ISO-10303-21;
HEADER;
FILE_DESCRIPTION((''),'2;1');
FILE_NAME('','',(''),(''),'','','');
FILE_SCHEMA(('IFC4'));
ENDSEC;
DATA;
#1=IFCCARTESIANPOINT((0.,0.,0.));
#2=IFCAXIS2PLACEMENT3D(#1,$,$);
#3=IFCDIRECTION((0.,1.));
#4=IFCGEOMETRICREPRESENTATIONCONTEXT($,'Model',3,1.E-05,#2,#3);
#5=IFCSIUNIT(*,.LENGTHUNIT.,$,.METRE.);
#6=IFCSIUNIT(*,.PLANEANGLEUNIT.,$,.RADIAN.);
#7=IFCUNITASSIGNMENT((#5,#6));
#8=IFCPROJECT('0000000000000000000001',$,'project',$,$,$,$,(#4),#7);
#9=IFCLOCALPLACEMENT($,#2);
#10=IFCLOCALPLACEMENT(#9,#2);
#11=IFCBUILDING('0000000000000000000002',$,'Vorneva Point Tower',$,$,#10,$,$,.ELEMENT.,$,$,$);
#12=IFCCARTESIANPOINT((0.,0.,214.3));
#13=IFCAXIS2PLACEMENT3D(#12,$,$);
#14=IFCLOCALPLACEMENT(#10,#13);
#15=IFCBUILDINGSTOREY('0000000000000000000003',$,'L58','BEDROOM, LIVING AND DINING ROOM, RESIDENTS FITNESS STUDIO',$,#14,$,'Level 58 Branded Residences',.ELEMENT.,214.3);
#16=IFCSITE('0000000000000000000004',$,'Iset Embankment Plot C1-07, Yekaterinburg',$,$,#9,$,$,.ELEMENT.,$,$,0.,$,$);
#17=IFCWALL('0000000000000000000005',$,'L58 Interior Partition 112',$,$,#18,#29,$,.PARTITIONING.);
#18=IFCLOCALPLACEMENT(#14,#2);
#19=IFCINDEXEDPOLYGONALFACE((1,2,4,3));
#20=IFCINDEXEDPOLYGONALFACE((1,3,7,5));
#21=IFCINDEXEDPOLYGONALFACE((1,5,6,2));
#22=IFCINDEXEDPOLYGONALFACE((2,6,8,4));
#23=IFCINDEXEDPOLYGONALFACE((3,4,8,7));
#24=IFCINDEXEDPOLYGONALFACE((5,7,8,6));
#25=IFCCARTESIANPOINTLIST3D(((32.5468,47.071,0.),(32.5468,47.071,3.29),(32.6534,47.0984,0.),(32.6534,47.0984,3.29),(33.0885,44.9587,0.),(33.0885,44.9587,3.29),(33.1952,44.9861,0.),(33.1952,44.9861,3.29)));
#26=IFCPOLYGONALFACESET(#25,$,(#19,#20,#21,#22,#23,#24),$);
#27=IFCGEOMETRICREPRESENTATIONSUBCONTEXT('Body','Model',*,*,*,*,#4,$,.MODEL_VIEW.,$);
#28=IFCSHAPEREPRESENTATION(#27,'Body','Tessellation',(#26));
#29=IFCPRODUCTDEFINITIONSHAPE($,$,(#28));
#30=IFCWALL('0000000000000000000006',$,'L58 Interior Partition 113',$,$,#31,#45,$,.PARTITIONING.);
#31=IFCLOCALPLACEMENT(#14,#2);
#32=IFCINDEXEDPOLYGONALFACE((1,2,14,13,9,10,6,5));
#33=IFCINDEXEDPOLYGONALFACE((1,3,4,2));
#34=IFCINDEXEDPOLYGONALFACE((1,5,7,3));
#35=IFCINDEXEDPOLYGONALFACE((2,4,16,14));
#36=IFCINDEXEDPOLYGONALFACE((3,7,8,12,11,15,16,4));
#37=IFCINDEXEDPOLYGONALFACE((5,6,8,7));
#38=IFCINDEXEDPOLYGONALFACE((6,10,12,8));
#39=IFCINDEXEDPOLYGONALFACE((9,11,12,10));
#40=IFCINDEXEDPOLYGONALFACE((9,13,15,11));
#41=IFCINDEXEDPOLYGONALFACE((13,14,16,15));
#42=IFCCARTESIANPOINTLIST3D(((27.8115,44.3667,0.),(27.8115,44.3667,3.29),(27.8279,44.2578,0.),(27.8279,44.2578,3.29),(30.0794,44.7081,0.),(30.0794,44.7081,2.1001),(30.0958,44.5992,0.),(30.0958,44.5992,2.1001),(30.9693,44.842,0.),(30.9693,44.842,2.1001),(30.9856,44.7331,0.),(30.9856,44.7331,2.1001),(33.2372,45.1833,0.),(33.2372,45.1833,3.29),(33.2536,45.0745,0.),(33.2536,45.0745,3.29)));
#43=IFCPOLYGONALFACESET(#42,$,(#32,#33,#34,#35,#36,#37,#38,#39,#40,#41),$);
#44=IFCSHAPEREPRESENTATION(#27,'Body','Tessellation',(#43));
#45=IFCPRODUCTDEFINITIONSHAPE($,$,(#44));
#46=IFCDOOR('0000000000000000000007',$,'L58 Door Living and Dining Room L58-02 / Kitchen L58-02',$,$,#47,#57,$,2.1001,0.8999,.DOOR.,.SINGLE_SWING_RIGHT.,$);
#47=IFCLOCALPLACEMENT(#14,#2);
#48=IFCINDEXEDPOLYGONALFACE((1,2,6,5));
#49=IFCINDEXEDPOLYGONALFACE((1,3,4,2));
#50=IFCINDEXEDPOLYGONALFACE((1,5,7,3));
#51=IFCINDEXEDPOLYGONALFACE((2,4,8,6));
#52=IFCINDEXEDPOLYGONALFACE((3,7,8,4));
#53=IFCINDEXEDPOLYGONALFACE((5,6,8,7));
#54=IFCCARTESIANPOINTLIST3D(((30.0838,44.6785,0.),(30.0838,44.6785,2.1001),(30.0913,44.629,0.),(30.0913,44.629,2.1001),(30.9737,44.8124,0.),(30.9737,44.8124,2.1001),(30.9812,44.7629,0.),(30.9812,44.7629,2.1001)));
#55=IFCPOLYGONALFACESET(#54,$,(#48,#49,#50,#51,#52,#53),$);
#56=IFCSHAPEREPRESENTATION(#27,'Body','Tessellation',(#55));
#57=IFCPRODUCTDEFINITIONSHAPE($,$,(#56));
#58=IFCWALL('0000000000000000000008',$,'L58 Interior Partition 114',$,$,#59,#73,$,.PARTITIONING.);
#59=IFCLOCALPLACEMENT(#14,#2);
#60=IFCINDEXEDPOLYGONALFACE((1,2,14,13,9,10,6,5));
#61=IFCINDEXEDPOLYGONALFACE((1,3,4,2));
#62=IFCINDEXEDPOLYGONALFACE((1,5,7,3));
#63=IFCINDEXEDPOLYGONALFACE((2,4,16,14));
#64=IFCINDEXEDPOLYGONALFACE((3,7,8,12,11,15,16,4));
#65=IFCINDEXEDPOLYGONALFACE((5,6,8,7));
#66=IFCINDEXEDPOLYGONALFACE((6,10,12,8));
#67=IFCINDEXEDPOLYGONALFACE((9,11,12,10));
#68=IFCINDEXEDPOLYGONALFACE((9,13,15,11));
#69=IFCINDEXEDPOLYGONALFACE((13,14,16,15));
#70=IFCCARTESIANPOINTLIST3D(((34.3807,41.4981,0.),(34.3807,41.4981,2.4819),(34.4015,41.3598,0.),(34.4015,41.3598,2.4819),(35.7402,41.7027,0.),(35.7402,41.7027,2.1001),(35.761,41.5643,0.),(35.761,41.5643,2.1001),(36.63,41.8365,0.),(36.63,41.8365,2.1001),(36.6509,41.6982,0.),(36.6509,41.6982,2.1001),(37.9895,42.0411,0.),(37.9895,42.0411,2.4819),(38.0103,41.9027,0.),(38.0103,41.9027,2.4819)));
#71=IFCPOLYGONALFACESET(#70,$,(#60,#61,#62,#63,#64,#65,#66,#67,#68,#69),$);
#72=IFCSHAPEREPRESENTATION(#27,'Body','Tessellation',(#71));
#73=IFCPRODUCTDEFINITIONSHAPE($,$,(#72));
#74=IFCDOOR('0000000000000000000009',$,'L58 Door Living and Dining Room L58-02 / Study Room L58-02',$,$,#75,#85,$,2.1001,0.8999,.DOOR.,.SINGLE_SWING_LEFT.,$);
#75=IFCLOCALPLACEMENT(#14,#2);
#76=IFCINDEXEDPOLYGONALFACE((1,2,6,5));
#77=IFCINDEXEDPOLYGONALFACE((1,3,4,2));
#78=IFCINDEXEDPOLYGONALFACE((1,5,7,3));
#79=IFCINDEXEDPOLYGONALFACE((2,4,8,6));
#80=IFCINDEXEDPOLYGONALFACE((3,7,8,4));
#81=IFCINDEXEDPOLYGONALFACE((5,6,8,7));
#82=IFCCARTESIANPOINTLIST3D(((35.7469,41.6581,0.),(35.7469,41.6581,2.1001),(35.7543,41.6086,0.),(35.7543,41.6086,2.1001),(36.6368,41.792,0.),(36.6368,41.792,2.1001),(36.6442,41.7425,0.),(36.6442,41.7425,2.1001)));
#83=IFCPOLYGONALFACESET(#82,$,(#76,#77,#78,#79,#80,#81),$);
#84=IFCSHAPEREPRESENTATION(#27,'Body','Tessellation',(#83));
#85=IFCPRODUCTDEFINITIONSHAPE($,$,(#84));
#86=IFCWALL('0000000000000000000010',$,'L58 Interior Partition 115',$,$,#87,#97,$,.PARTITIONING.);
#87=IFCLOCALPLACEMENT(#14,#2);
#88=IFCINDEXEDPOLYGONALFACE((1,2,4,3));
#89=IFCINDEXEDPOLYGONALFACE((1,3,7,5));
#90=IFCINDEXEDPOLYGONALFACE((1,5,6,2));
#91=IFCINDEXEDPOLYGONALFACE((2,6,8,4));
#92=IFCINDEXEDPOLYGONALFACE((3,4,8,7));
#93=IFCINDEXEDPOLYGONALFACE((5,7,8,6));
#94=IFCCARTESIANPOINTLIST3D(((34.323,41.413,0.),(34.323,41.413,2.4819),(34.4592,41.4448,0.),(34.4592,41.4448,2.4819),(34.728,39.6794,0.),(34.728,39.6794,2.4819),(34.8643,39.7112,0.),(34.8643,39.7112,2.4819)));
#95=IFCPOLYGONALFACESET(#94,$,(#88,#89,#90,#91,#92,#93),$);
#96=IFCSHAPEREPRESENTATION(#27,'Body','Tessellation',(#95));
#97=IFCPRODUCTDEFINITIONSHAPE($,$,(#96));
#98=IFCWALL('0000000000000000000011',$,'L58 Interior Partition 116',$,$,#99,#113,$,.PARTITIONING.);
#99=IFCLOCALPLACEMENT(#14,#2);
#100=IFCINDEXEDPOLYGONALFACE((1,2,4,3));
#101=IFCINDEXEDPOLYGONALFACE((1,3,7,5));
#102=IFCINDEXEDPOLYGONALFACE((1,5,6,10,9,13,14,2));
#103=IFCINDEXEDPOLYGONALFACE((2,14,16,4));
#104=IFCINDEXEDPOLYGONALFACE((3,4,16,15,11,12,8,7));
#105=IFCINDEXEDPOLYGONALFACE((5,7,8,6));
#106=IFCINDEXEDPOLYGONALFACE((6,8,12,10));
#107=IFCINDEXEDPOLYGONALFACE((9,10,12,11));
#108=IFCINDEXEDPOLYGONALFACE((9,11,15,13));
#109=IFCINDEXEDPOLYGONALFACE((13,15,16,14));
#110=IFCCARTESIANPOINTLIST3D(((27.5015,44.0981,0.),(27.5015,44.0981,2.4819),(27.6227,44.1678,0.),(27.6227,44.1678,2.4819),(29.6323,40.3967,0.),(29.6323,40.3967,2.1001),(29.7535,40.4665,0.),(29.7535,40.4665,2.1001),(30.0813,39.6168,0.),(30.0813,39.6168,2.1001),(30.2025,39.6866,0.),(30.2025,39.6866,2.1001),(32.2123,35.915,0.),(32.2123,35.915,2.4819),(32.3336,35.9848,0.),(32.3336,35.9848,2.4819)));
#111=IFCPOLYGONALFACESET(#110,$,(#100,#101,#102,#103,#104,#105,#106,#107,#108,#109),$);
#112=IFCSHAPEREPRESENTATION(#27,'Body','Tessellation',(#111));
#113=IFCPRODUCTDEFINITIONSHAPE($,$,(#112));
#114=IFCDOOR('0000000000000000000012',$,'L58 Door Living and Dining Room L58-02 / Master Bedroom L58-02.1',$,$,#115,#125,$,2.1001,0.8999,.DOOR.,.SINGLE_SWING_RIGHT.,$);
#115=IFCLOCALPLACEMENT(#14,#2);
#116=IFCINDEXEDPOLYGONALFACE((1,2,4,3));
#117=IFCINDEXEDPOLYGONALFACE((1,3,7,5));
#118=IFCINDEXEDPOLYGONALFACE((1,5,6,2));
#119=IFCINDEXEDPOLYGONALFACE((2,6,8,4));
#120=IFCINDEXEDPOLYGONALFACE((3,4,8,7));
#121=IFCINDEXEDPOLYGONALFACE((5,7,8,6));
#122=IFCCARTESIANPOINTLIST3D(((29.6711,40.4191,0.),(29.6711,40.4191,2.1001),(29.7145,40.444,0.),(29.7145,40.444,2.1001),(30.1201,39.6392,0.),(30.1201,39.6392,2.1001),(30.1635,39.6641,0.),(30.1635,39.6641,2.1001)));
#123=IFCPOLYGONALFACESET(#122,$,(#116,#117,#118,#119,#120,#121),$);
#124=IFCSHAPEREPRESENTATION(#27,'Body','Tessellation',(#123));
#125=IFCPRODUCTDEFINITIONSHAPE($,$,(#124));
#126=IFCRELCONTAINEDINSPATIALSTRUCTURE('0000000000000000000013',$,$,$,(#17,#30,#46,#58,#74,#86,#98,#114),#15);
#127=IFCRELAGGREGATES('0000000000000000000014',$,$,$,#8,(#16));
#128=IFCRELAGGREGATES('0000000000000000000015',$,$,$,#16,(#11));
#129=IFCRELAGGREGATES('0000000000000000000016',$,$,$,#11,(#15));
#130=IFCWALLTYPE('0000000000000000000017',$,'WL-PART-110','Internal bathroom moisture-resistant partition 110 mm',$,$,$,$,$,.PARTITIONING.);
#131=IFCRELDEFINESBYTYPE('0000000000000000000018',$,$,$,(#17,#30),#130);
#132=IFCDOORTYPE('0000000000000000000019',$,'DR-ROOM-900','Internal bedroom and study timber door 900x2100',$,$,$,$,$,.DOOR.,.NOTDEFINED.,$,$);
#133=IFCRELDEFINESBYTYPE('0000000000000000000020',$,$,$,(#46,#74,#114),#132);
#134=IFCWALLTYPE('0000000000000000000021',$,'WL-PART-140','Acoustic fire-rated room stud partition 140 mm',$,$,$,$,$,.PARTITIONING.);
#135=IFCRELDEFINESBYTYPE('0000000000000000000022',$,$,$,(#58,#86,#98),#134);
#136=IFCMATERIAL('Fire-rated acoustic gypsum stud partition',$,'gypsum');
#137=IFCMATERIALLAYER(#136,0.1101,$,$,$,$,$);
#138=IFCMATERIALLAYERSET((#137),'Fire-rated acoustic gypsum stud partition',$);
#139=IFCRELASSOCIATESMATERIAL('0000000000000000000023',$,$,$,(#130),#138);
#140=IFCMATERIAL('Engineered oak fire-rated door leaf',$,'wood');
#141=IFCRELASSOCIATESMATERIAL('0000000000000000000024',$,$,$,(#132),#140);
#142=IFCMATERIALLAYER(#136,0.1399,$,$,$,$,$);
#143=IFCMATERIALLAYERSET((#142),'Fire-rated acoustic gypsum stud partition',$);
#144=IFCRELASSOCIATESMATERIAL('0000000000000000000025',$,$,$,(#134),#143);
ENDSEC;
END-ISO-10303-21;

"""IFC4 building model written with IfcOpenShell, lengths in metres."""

from ifc_helpers import new_model, si_unit, direction, frame, frame_2d, origin, place, context, subcontext, project, spatial, rectangle, extrude, material, layer, layer_set, type_object, element, fill, save


model = new_model("IFC4")

# Units and contexts
model_context = context("Model", 3, precision=1e-05, world=origin(), true_north=direction((0.0, 1.0)))
body_context = subcontext(model_context, "Body", "Model", "MODEL_VIEW")
ifc_project = project(units=[si_unit("LENGTHUNIT", "METRE"), si_unit("PLANEANGLEUNIT", "RADIAN")], contexts=[model_context])

# Site, building, storey
site_placement = place(None, origin())
site = spatial("IfcSite", under=ifc_project, at=site_placement, Name="Iset Embankment Plot C1-07, Yekaterinburg", CompositionType="ELEMENT", RefElevation=0.0)
building_placement = place(site_placement, origin())
building = spatial("IfcBuilding", under=site, at=building_placement, Name="Vorneva Point Tower", CompositionType="ELEMENT")
storey_placement = place(building_placement, frame((0.0, 0.0, 214.3)))
storey = spatial("IfcBuildingStorey", under=building, at=storey_placement, Name="L58", Description="BEDROOM, LIVING AND DINING ROOM, RESIDENTS FITNESS STUDIO", LongName="Level 58 Branded Residences", CompositionType="ELEMENT", Elevation=214.3)

# Wall
ifc_material_1 = material(Name="Fire-rated acoustic gypsum stud partition", Category="gypsum")
ifc_layer_1 = layer(ifc_material_1, 0.1101)
ifc_layer_set_1 = layer_set([ifc_layer_1], Name="Fire-rated acoustic gypsum stud partition")
wall_type_1 = type_object("IfcWallType", Name="WL-PART-110", Description="Internal bathroom moisture-resistant partition 110 mm", PredefinedType="PARTITIONING", material=ifc_layer_set_1)
wall_1_placement = place(storey_placement, frame((32.6001, 47.0847, 0.0), z_axis=(0.0, 0.0, 1.0), x_axis=(0.248432, -0.968649, 0.0)))
element("IfcWall", 1, at=wall_1_placement, inside=storey, type_object=wall_type_1, Name="L58 Interior Partition 112", PredefinedType="PARTITIONING", context=body_context, shape_type="SweptSolid", body=[
    extrude(rectangle(XDim=2.1807, YDim=0.1101, at=frame_2d((1.0903, 0.0))), origin(), (0.0, 0.0, 1.0), 3.29),
])

# Walls, openings, doors
wall_2_placement = place(storey_placement, frame((33.2454, 45.1289, 0.0), z_axis=(0.0, 0.0, 1.0), x_axis=(-0.988862, -0.148837, 0.0)))
wall_2 = element("IfcWall", 2, at=wall_2_placement, inside=storey, type_object=wall_type_1, Name="L58 Interior Partition 113", PredefinedType="PARTITIONING", context=body_context, shape_type="SweptSolid", body=[
    extrude(rectangle(XDim=5.4868, YDim=0.1101, at=frame_2d((2.7434, 0.0))), origin(), (0.0, 0.0, 1.0), 3.29),
])
opening_1_placement = place(wall_2_placement, frame((2.2935, 0.0, 0.0)))
opening_1 = element("IfcOpeningElement", 3, at=opening_1_placement, cuts=wall_2, PredefinedType="OPENING", context=body_context, shape_type="SweptSolid", body=[
    extrude(rectangle(XDim=0.8999, YDim=2.1001, at=frame_2d((0.45, 1.05))), frame((0.0, 0.0698, 0.0), z_axis=(0.0, -1.0, 0.0), x_axis=(1.0, 0.0, 0.0)), (0.0, 0.0, 1.0), 0.1399),
])
ifc_material_2 = material(Name="Engineered oak fire-rated door leaf", Category="wood")
door_type = type_object("IfcDoorType", Name="DR-ROOM-900", Description="Internal bedroom and study timber door 900x2100", OperationType="NOTDEFINED", PredefinedType="DOOR", material=ifc_material_2)
door_1_placement = place(opening_1_placement, origin())
door_1 = element("IfcDoor", 4, at=door_1_placement, inside=storey, type_object=door_type, Name="L58 Door Living and Dining Room L58-02 / Kitchen L58-02", OperationType="SINGLE_SWING_RIGHT", OverallHeight=2.1001, OverallWidth=0.8999, PredefinedType="DOOR", context=body_context, shape_type="SweptSolid", body=[
    extrude(rectangle(XDim=0.8999, YDim=2.1001, at=frame_2d((0.45, 1.05))), frame((0.0, 0.0249, 0.0), z_axis=(0.0, -1.0, 0.0), x_axis=(1.0, 0.0, 0.0)), (0.0, 0.0, 1.0), 0.05),
])
fill(opening_1, door_1)
ifc_layer_2 = layer(ifc_material_1, 0.1399)
ifc_layer_set_2 = layer_set([ifc_layer_2], Name="Fire-rated acoustic gypsum stud partition")
wall_type_2 = type_object("IfcWallType", Name="WL-PART-140", Description="Acoustic fire-rated room stud partition 140 mm", PredefinedType="PARTITIONING", material=ifc_layer_set_2)
wall_3_placement = place(storey_placement, frame((34.3911, 41.429, 0.0), z_axis=(0.0, 0.0, 1.0), x_axis=(0.988871, 0.148779, 0.0)))
wall_3 = element("IfcWall", 5, at=wall_3_placement, inside=storey, type_object=wall_type_2, Name="L58 Interior Partition 114", PredefinedType="PARTITIONING", context=body_context, shape_type="SweptSolid", body=[
    extrude(rectangle(XDim=3.6494, YDim=0.1399, at=frame_2d((1.8247, 0.0))), origin(), (0.0, 0.0, 1.0), 2.4819),
])
opening_2_placement = place(wall_3_placement, frame((1.3748, 0.0, 0.0)))
opening_2 = element("IfcOpeningElement", 6, at=opening_2_placement, cuts=wall_3, PredefinedType="OPENING", context=body_context, shape_type="SweptSolid", body=[
    extrude(rectangle(XDim=0.8999, YDim=2.1001, at=frame_2d((0.45, 1.05))), frame((0.0, 0.085, 0.0), z_axis=(0.0, -1.0, 0.0), x_axis=(1.0, 0.0, 0.0)), (0.0, 0.0, 1.0), 0.1697),
])
door_2_placement = place(opening_2_placement, origin())
door_2 = element("IfcDoor", 7, at=door_2_placement, inside=storey, type_object=door_type, Name="L58 Door Living and Dining Room L58-02 / Study Room L58-02", OperationType="SINGLE_SWING_LEFT", OverallHeight=2.1001, OverallWidth=0.8999, PredefinedType="DOOR", context=body_context, shape_type="SweptSolid", body=[
    extrude(rectangle(XDim=0.8999, YDim=2.1001, at=frame_2d((0.45, 1.05))), frame((0.0, 0.0249, 0.0), z_axis=(0.0, -1.0, 0.0), x_axis=(1.0, 0.0, 0.0)), (0.0, 0.0, 1.0), 0.05),
])
fill(opening_2, door_2)

# Wall
wall_4_placement = place(storey_placement, frame((34.7961, 39.6953, 0.0), z_axis=(0.0, 0.0, 1.0), x_axis=(-0.227503, 0.973777, 0.0)))
element("IfcWall", 8, at=wall_4_placement, inside=storey, type_object=wall_type_2, Name="L58 Interior Partition 115", PredefinedType="PARTITIONING", context=body_context, shape_type="SweptSolid", body=[
    extrude(rectangle(XDim=1.7803, YDim=0.1399, at=frame_2d((0.8901, 0.0))), origin(), (0.0, 0.0, 1.0), 2.4819),
])

# Wall, opening, door
wall_5_placement = place(storey_placement, frame((27.562, 44.1331, 0.0), z_axis=(0.0, 0.0, 1.0), x_axis=(0.498921, -0.866648, 0.0)))
wall_5 = element("IfcWall", 9, at=wall_5_placement, inside=storey, type_object=wall_type_2, Name="L58 Interior Partition 116", PredefinedType="PARTITIONING", context=body_context, shape_type="SweptSolid", body=[
    extrude(rectangle(XDim=9.4421, YDim=0.1399, at=frame_2d((4.7212, 0.0))), origin(), (0.0, 0.0, 1.0), 2.4819),
])
opening_3_placement = place(wall_5_placement, frame((4.271, 0.0, 0.0)))
opening_3 = element("IfcOpeningElement", 10, at=opening_3_placement, cuts=wall_5, PredefinedType="OPENING", context=body_context, shape_type="SweptSolid", body=[
    extrude(rectangle(XDim=0.8999, YDim=2.1001, at=frame_2d((0.45, 1.05))), frame((0.0, 0.085, 0.0), z_axis=(0.0, -1.0, 0.0), x_axis=(1.0, 0.0, 0.0)), (0.0, 0.0, 1.0), 0.1697),
])
door_3_placement = place(opening_3_placement, origin())
door_3 = element("IfcDoor", 11, at=door_3_placement, inside=storey, type_object=door_type, Name="L58 Door Living and Dining Room L58-02 / Master Bedroom L58-02.1", OperationType="SINGLE_SWING_RIGHT", OverallHeight=2.1001, OverallWidth=0.8999, PredefinedType="DOOR", context=body_context, shape_type="SweptSolid", body=[
    extrude(rectangle(XDim=0.8999, YDim=2.1001, at=frame_2d((0.45, 1.05))), frame((0.0, 0.0249, 0.0), z_axis=(0.0, -1.0, 0.0), x_axis=(1.0, 0.0, 0.0)), (0.0, 0.0, 1.0), 0.05),
])
fill(opening_3, door_3)

save(model, "model.ifc")
